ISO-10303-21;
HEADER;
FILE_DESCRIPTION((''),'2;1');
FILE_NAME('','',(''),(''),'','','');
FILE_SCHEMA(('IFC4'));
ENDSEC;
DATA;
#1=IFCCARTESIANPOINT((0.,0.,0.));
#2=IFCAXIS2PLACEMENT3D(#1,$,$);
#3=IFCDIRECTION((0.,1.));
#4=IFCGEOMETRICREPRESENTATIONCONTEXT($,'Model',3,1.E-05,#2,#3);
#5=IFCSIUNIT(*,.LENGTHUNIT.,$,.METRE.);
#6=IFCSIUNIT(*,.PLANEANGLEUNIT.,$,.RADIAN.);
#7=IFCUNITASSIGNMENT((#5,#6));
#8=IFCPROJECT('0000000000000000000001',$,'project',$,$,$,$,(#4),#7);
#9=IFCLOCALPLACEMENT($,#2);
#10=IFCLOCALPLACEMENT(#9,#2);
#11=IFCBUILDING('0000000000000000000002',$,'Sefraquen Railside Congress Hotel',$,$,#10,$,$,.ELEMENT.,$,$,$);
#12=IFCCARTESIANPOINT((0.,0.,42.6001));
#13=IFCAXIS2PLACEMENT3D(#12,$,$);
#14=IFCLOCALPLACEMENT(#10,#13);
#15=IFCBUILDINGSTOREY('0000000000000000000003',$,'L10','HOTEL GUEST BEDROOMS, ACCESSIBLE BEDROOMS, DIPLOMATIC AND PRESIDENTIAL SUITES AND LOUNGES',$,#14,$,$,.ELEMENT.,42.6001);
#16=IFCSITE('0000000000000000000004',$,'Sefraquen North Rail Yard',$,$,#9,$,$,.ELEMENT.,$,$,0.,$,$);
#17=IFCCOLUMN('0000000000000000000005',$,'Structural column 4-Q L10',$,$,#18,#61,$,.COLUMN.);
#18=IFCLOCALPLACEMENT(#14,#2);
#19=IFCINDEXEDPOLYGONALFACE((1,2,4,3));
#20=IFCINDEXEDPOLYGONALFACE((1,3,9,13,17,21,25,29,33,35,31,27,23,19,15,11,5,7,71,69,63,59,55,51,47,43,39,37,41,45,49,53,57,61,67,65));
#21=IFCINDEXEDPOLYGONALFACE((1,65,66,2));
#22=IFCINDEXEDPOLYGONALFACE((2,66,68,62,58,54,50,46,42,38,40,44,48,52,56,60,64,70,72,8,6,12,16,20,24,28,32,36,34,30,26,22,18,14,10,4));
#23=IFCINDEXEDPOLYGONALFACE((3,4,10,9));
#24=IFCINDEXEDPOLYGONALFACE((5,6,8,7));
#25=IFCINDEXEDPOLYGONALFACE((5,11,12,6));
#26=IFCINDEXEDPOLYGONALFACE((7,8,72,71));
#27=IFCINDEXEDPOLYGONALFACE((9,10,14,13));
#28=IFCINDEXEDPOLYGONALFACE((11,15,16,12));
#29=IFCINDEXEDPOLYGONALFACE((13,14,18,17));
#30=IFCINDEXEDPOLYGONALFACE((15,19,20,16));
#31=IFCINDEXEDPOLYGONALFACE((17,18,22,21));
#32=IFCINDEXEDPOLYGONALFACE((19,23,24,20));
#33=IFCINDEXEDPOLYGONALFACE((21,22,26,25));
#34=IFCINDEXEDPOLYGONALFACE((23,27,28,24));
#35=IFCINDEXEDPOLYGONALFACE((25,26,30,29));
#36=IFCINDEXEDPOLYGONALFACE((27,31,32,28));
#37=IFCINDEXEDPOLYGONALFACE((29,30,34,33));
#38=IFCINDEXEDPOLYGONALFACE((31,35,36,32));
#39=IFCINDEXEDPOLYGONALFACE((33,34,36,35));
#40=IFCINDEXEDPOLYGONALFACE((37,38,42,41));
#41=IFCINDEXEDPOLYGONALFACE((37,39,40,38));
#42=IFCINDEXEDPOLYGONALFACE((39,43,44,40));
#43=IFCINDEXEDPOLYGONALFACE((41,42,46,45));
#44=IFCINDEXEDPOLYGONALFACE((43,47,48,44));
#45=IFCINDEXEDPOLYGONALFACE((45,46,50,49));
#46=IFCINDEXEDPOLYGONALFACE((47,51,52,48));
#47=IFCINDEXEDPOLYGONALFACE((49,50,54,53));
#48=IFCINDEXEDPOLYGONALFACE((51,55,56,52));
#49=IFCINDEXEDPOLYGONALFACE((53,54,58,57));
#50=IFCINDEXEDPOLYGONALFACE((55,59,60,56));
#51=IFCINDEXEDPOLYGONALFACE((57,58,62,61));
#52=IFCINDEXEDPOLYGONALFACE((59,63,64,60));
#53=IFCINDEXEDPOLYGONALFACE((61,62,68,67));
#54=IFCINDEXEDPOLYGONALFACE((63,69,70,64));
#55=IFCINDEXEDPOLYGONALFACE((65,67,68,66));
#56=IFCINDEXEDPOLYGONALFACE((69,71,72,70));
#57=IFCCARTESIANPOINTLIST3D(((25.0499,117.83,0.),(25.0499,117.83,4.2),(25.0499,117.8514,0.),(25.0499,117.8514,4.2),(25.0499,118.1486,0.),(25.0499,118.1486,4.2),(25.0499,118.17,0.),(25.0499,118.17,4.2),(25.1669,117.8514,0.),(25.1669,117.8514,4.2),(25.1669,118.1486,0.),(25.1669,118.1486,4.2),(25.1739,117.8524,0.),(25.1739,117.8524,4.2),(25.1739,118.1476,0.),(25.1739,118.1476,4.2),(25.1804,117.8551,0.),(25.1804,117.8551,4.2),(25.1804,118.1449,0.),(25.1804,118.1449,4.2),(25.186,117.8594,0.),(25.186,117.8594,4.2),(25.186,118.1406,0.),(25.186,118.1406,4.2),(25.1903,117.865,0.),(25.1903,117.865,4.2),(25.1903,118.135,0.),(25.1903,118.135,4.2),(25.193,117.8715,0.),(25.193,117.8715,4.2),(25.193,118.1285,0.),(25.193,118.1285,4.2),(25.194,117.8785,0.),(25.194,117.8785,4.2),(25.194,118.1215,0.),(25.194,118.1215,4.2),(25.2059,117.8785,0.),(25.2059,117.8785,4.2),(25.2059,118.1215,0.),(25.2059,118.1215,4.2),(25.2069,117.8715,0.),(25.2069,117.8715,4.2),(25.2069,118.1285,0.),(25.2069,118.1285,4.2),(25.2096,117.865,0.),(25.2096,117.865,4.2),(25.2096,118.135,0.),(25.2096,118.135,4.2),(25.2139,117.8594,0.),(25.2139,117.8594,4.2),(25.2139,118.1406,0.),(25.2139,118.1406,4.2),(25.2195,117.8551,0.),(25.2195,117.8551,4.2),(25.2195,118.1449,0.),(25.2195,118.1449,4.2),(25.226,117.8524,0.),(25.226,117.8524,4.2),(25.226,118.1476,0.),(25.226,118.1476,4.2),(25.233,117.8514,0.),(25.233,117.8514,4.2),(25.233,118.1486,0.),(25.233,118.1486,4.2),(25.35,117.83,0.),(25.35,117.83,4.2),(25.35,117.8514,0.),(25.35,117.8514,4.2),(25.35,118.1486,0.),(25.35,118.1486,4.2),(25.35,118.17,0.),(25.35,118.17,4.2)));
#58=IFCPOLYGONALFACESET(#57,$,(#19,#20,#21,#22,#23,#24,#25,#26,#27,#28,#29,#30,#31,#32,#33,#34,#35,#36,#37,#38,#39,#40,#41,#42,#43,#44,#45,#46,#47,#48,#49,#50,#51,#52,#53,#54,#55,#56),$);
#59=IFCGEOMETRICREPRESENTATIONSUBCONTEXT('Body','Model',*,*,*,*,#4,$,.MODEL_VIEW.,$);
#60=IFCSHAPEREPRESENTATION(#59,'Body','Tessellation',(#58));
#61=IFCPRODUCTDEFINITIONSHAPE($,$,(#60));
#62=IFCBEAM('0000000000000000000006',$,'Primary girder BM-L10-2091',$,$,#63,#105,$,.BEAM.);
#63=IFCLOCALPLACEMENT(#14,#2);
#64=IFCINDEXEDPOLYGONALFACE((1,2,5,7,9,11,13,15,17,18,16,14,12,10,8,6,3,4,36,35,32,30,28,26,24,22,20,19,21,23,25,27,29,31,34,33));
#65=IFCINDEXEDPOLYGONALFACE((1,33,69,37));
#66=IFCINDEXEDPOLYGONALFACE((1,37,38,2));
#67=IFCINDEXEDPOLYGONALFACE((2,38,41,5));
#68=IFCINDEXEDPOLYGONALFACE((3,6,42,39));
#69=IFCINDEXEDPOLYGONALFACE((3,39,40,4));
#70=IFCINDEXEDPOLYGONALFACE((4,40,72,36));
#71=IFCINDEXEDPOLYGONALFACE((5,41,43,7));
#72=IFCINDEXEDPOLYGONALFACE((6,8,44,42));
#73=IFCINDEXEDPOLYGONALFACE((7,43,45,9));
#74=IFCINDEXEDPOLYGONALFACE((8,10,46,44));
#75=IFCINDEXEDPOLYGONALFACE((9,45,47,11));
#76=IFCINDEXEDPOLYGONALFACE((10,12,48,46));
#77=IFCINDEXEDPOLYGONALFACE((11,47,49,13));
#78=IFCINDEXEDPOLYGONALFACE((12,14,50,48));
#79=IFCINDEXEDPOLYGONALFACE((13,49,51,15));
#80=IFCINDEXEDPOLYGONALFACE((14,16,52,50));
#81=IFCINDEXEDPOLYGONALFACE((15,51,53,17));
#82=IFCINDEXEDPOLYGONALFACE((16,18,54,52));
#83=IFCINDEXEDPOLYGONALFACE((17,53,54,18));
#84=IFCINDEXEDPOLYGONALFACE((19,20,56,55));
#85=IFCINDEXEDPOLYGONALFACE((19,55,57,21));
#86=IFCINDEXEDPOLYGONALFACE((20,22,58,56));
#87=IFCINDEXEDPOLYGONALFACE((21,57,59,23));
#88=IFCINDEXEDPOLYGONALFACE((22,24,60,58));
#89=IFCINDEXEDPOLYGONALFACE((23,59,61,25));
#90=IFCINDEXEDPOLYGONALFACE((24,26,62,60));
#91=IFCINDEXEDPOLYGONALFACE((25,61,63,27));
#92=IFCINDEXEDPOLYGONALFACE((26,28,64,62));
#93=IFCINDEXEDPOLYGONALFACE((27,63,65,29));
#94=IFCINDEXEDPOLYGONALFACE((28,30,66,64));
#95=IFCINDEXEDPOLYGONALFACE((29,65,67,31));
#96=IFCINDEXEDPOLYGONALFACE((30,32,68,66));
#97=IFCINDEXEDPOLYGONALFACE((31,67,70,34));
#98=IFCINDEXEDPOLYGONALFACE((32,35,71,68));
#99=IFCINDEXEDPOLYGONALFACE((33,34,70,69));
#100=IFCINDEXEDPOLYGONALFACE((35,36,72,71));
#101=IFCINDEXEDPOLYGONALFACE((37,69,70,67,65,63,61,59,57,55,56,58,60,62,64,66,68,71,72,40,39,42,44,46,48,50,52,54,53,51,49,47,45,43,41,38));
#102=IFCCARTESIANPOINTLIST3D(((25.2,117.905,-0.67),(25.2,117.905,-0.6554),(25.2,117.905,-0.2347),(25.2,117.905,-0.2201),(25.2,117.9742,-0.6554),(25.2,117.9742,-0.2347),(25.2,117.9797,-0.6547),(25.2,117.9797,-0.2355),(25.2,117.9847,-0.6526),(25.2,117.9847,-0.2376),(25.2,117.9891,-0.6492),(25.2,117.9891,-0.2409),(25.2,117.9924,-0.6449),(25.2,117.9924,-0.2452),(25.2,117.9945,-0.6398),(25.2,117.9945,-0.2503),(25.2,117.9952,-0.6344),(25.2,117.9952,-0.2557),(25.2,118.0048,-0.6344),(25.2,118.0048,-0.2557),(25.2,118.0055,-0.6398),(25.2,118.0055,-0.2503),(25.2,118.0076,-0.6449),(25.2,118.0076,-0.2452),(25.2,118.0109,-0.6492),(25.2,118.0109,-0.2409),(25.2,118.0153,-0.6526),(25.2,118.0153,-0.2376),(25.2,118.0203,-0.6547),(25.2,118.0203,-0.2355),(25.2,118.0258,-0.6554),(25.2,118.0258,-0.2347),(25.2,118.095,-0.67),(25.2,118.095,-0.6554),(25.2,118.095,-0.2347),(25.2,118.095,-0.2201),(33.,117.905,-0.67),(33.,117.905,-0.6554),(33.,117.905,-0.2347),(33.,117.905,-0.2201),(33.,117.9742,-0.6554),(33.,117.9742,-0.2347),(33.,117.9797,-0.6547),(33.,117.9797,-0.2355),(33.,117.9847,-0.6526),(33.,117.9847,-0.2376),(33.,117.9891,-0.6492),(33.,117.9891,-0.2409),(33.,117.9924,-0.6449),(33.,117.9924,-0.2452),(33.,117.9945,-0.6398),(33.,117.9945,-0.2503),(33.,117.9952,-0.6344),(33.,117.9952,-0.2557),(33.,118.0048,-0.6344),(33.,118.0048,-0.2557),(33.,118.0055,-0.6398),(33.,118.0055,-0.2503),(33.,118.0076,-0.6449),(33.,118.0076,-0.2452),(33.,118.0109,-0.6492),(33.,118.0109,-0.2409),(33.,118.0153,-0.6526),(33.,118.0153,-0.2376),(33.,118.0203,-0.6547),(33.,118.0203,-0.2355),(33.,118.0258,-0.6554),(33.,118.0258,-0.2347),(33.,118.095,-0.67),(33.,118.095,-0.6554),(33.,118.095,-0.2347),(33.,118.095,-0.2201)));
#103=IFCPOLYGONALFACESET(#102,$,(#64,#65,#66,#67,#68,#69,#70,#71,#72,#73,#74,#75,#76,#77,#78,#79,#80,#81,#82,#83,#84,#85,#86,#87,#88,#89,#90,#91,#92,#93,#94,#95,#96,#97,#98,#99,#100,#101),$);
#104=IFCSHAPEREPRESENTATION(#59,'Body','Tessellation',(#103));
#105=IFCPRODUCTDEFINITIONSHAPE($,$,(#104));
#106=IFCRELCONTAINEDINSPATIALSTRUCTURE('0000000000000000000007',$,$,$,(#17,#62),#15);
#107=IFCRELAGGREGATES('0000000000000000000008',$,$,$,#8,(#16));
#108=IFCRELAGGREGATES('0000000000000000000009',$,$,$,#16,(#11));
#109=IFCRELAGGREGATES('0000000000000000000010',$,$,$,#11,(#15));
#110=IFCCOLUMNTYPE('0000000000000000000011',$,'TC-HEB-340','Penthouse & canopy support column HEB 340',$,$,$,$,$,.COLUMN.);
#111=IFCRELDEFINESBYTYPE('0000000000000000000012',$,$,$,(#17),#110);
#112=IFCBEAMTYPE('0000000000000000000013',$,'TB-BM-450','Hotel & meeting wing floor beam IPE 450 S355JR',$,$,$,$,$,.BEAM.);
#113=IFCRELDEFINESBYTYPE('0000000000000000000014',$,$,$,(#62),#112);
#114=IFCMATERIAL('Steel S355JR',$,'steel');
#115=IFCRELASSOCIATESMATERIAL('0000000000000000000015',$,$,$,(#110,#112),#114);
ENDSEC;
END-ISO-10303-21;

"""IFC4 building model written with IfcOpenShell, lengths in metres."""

from ifc_helpers import new_model, si_unit, direction, frame, origin, origin_2d, place, context, subcontext, project, spatial, i_section, extrude, material, material_profile, profile_set, type_object, element, save


model = new_model("IFC4")

# Units and contexts
model_context = context("Model", 3, precision=1e-05, world=origin(), true_north=direction((0.0, 1.0)))
body_context = subcontext(model_context, "Body", "Model", "MODEL_VIEW")
ifc_project = project(units=[si_unit("LENGTHUNIT", "METRE"), si_unit("PLANEANGLEUNIT", "RADIAN")], contexts=[model_context])

# Site, building, storey
site_placement = place(None, origin())
site = spatial("IfcSite", under=ifc_project, at=site_placement, Name="Sefraquen North Rail Yard", CompositionType="ELEMENT", RefElevation=0.0)
building_placement = place(site_placement, origin())
building = spatial("IfcBuilding", under=site, at=building_placement, Name="Sefraquen Railside Congress Hotel", CompositionType="ELEMENT")
storey_placement = place(building_placement, frame((0.0, 0.0, 42.6001)))
storey = spatial("IfcBuildingStorey", under=building, at=storey_placement, Name="L10", Description="HOTEL GUEST BEDROOMS, ACCESSIBLE BEDROOMS, DIPLOMATIC AND PRESIDENTIAL SUITES AND LOUNGES", CompositionType="ELEMENT", Elevation=42.6001)

# Column
ifc_material_1 = material(Name="Steel S355JR", Category="steel")
ifc_material_profile_1 = material_profile(ifc_material_1, i_section(OverallWidth=0.3, OverallDepth=0.3401, WebThickness=0.012, FlangeThickness=0.0215, FilletRadius=0.0271, at=origin_2d()), Name="HEB 340")
ifc_profile_set_1 = profile_set([ifc_material_profile_1], Name="Steel S355JR")
column_type = type_object("IfcColumnType", Name="TC-HEB-340", Description="Penthouse & canopy support column HEB 340", PredefinedType="COLUMN", material=ifc_profile_set_1)
column_placement = place(storey_placement, frame((25.2, 118.0, 0.0), z_axis=(0.0, 0.0, 1.0), x_axis=(1.0, 0.0, 0.0)))
element("IfcColumn", 1, at=column_placement, inside=storey, type_object=column_type, Name="Structural column 4-Q L10", PredefinedType="COLUMN", context=body_context, shape_type="SweptSolid", body=[
    extrude(i_section(OverallWidth=0.3, OverallDepth=0.3401, WebThickness=0.012, FlangeThickness=0.0215, FilletRadius=0.0271, at=origin_2d()), origin(), (0.0, 0.0, 1.0), 4.2),
])

# Beam
ifc_material_profile_2 = material_profile(ifc_material_1, i_section(OverallWidth=0.1899, OverallDepth=0.45, WebThickness=0.0095, FlangeThickness=0.0146, FilletRadius=0.021, at=origin_2d()), Name="IPE 450")
ifc_profile_set_2 = profile_set([ifc_material_profile_2], Name="Steel S355JR")
beam_type = type_object("IfcBeamType", Name="TB-BM-450", Description="Hotel & meeting wing floor beam IPE 450 S355JR", PredefinedType="BEAM", material=ifc_profile_set_2)
beam_placement = place(storey_placement, frame((25.2, 118.0, -0.4451), z_axis=(1.0, 0.0, 0.0), x_axis=(0.0, 1.0, 0.0)))
element("IfcBeam", 2, at=beam_placement, inside=storey, type_object=beam_type, Name="Primary girder BM-L10-2091", PredefinedType="BEAM", context=body_context, shape_type="SweptSolid", body=[
    extrude(i_section(OverallWidth=0.1899, OverallDepth=0.45, WebThickness=0.0095, FlangeThickness=0.0146, FilletRadius=0.021, at=origin_2d()), origin(), (0.0, 0.0, 1.0), 7.8),
])

save(model, "model.ifc")
